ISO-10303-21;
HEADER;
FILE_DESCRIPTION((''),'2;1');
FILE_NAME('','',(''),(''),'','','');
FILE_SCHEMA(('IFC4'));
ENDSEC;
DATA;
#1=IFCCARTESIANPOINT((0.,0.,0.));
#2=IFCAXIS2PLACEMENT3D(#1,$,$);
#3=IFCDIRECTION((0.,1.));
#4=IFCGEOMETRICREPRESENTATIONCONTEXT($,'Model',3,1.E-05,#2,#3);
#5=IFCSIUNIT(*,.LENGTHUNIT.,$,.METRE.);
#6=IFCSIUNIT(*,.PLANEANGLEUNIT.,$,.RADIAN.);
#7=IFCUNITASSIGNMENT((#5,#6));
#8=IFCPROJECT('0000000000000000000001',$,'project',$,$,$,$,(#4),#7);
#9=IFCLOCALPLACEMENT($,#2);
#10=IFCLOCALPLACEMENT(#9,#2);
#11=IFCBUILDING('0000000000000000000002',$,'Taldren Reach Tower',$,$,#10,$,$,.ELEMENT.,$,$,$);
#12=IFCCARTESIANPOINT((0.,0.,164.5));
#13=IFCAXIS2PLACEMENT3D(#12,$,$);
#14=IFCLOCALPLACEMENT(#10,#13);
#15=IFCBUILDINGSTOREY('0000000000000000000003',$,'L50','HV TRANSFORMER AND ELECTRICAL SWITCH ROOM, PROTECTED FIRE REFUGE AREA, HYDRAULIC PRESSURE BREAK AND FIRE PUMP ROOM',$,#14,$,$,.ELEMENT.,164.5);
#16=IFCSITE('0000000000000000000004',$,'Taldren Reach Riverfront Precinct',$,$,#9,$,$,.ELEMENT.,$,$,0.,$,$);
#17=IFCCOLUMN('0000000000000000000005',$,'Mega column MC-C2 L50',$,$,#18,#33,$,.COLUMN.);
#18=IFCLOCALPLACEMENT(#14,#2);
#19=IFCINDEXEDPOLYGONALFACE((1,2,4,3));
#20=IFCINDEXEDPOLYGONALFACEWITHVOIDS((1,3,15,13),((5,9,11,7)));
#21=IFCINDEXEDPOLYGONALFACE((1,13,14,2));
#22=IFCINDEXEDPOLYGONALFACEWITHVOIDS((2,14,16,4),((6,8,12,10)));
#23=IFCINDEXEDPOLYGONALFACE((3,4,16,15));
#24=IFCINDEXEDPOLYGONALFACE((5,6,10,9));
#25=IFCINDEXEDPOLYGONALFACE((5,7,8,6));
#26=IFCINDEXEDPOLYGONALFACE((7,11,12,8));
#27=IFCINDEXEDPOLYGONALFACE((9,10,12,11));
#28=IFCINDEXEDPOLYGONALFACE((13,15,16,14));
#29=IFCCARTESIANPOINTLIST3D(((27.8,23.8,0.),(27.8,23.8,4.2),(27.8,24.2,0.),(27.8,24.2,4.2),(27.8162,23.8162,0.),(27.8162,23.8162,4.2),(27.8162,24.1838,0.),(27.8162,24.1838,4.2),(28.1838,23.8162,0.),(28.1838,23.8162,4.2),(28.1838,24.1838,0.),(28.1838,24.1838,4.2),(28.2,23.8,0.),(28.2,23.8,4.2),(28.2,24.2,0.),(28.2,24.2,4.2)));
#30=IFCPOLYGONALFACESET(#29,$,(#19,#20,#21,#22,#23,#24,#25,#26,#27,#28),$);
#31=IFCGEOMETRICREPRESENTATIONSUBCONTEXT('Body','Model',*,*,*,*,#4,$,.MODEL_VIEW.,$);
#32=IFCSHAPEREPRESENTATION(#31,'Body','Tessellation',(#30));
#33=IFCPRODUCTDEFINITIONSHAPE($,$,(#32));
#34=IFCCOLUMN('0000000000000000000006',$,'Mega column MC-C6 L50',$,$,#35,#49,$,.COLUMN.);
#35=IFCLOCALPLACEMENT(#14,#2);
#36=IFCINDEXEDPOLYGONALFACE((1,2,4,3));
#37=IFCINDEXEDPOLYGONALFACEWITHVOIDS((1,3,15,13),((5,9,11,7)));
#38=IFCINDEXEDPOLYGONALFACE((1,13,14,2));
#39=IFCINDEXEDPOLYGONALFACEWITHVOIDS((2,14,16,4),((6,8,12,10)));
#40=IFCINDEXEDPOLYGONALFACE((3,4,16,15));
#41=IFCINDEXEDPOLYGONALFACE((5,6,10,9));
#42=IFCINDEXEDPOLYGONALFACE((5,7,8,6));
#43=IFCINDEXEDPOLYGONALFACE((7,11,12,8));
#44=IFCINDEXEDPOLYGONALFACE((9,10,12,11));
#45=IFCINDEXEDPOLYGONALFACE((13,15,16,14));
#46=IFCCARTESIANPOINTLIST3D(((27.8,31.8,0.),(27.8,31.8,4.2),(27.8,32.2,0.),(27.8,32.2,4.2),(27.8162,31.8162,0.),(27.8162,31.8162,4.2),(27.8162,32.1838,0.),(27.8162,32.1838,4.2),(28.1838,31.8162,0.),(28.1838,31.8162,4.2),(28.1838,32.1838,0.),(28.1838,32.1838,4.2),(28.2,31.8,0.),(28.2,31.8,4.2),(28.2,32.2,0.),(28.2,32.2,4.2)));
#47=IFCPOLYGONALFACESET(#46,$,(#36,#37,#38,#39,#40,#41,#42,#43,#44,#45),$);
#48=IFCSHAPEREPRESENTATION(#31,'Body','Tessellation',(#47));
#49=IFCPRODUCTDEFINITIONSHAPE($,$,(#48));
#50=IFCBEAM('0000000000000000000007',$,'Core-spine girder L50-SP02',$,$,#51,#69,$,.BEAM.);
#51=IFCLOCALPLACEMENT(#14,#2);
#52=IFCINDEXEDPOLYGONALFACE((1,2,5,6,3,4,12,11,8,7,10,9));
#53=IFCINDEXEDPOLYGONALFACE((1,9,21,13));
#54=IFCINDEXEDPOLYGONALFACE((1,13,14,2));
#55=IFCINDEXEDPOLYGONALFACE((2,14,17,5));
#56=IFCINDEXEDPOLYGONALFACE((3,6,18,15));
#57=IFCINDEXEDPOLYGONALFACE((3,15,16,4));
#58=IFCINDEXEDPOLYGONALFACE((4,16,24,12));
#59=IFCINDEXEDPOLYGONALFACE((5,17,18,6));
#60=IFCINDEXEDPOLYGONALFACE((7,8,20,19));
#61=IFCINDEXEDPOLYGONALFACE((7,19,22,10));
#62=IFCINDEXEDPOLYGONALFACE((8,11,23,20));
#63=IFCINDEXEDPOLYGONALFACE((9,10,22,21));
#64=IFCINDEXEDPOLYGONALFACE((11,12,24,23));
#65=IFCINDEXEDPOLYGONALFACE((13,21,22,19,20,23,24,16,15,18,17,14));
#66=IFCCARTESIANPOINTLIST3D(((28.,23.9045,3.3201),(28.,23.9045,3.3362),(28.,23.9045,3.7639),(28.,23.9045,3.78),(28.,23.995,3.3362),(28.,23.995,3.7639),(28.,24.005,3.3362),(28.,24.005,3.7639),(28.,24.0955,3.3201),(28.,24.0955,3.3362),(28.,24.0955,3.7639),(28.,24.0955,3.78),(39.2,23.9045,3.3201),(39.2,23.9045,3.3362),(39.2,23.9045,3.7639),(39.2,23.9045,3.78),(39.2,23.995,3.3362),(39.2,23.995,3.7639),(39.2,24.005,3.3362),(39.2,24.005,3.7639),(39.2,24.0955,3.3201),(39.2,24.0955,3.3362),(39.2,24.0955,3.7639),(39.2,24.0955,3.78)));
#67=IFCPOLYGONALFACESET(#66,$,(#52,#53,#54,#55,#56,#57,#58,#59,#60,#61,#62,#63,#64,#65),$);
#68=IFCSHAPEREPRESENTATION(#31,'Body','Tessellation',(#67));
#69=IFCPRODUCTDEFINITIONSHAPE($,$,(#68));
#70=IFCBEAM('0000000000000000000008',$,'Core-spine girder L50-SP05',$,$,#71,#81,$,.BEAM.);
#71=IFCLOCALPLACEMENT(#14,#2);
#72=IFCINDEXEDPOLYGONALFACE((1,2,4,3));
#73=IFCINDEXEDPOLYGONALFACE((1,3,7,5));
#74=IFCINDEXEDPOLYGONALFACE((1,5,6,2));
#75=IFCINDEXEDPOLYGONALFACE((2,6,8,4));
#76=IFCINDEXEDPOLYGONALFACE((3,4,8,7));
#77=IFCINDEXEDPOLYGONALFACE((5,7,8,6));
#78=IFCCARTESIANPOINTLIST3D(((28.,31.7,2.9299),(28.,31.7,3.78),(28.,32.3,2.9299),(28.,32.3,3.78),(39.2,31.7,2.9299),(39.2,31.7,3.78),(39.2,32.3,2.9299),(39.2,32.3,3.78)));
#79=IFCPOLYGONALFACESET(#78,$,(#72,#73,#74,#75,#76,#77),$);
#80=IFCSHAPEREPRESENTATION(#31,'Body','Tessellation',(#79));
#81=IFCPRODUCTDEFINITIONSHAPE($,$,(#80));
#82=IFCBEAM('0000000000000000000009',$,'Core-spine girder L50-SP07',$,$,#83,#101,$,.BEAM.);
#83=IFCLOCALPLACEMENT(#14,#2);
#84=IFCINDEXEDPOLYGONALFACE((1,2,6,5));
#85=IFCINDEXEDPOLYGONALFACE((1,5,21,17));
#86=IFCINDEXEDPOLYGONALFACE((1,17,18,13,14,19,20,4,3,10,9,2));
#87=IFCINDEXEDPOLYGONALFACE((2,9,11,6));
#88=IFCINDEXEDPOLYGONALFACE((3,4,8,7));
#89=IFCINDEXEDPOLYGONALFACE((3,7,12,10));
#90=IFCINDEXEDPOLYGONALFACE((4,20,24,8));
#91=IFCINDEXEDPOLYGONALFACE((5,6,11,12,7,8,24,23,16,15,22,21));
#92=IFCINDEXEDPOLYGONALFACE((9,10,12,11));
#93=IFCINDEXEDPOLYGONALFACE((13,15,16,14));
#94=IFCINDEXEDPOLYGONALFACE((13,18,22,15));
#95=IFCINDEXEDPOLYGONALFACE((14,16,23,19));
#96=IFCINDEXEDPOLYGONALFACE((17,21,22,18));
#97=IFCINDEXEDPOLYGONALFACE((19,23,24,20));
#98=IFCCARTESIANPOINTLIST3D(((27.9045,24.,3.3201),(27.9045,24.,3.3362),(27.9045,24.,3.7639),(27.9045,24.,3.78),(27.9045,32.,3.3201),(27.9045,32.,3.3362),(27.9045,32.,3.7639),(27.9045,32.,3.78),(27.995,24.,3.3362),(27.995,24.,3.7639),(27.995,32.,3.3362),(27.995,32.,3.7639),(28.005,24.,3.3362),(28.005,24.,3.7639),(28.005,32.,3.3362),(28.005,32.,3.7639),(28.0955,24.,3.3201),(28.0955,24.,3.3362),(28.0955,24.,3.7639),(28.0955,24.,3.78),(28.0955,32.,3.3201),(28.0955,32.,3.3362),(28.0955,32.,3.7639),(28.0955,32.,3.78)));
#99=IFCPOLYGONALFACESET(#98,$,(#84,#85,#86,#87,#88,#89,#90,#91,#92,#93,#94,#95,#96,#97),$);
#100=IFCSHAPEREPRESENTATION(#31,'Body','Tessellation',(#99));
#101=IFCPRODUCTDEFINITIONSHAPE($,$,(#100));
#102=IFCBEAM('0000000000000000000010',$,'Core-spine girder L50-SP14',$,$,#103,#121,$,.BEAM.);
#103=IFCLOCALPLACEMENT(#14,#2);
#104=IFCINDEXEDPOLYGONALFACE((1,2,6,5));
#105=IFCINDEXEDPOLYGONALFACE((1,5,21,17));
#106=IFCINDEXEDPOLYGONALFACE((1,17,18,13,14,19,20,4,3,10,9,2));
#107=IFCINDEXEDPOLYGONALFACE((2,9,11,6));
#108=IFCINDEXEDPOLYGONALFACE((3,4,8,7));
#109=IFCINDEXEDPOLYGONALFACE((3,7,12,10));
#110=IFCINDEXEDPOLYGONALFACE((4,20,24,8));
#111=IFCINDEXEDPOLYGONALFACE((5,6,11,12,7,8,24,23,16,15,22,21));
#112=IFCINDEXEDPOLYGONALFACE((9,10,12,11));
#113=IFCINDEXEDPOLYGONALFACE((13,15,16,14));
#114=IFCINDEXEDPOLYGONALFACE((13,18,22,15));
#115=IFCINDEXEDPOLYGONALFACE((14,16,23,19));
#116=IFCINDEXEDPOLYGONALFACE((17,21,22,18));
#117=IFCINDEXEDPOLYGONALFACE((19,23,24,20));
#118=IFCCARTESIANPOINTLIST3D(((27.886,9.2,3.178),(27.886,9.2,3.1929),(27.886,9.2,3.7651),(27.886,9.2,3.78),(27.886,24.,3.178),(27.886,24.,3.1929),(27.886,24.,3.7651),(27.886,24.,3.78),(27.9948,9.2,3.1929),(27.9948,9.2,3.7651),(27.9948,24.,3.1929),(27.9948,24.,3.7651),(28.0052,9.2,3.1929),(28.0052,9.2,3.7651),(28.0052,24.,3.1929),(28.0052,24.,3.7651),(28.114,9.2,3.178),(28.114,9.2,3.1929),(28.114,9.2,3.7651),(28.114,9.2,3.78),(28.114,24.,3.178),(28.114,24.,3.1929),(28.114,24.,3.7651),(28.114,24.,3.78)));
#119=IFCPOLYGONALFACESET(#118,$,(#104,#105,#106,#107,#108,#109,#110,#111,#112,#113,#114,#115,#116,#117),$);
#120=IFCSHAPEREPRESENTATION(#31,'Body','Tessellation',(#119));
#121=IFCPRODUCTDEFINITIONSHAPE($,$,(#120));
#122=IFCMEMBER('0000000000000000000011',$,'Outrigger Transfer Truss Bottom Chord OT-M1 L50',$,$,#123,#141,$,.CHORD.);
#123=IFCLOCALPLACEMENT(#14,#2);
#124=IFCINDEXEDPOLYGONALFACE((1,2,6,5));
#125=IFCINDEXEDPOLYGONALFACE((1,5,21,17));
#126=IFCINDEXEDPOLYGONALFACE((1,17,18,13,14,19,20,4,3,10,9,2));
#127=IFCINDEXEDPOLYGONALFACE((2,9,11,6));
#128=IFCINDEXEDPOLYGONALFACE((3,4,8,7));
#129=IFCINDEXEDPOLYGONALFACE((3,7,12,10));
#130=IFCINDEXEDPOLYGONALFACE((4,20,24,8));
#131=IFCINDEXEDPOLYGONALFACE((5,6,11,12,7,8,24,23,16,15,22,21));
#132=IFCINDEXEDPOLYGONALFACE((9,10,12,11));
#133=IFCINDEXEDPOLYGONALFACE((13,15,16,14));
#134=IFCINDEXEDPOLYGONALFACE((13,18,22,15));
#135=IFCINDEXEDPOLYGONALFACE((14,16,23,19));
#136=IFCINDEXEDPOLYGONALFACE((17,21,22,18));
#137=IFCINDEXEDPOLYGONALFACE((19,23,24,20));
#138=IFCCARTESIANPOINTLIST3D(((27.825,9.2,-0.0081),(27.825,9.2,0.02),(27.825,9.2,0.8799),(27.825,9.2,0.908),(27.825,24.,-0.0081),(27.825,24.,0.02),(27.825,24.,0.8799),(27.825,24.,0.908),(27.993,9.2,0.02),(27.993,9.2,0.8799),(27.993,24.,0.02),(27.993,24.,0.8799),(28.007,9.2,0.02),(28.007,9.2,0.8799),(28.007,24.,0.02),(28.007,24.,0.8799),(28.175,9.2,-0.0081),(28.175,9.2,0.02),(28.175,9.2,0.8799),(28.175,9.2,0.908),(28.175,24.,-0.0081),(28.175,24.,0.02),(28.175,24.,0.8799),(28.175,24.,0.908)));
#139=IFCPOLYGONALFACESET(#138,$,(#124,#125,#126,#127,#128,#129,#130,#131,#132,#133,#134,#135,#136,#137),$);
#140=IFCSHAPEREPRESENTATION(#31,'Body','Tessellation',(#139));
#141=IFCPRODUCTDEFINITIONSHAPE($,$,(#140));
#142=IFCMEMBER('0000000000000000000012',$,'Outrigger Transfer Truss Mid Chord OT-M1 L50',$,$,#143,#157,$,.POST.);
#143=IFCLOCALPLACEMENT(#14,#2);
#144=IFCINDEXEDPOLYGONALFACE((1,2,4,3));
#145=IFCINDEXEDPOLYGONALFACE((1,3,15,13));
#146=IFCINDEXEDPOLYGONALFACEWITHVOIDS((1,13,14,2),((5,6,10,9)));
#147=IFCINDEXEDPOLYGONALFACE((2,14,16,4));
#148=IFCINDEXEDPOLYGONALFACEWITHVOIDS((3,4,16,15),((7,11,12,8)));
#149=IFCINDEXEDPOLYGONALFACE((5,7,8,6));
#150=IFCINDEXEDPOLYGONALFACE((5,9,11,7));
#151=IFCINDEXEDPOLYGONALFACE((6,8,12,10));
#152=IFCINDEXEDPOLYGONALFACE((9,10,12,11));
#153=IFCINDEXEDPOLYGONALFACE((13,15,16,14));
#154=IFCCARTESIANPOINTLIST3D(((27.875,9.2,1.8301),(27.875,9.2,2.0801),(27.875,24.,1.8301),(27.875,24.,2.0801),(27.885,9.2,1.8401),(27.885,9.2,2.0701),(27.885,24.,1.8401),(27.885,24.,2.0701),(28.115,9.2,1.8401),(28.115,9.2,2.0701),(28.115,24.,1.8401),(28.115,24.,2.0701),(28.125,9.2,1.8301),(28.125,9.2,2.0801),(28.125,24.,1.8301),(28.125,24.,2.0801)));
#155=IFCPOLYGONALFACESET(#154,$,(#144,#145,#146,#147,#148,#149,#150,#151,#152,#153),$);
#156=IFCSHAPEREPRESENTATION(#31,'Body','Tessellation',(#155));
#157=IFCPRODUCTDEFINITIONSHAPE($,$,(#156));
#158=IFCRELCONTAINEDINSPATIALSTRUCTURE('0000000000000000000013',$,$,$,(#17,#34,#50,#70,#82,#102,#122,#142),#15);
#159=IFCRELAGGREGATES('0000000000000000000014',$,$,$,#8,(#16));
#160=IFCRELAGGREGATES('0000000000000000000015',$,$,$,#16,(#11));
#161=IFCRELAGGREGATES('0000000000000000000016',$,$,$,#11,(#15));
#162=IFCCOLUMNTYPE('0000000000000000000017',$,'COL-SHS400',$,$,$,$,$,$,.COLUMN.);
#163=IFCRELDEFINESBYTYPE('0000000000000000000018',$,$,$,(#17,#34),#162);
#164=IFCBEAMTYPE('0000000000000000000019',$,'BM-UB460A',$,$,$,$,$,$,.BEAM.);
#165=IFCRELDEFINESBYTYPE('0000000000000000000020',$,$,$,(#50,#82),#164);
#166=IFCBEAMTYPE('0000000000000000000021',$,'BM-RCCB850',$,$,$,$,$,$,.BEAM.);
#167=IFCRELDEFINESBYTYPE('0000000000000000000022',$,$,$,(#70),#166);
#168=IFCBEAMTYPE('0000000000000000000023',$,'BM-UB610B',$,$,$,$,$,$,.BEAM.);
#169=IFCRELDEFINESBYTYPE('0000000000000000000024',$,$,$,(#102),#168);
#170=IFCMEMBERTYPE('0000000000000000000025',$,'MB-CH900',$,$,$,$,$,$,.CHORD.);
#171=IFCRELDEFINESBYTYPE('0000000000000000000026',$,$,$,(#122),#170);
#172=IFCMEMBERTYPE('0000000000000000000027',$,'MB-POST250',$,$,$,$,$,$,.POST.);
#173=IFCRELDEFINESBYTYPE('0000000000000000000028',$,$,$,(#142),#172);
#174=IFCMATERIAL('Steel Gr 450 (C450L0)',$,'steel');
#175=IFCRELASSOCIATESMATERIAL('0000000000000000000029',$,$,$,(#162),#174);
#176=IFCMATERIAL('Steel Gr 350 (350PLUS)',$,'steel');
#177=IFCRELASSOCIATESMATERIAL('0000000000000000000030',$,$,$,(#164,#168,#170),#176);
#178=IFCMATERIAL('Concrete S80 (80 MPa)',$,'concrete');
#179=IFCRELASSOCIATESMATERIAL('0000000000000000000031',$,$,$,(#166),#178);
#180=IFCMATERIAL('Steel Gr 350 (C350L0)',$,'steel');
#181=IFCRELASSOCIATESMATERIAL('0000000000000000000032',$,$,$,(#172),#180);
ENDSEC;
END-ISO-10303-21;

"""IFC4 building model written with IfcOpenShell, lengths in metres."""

from ifc_helpers import new_model, si_unit, direction, frame, origin, origin_2d, place, context, subcontext, project, spatial, rectangle, hollow_rectangle, i_section, extrude, source, transform, mapped, material, material_profile, profile_set, type_object, element, save


model = new_model("IFC4")

# Units and contexts
model_context = context("Model", 3, precision=1e-05, world=origin(), true_north=direction((0.0, 1.0)))
body_context = subcontext(model_context, "Body", "Model", "MODEL_VIEW")
ifc_project = project(units=[si_unit("LENGTHUNIT", "METRE"), si_unit("PLANEANGLEUNIT", "RADIAN")], contexts=[model_context])

# Site, building, storey
site_placement = place(None, origin())
site = spatial("IfcSite", under=ifc_project, at=site_placement, Name="Taldren Reach Riverfront Precinct", CompositionType="ELEMENT", RefElevation=0.0)
building_placement = place(site_placement, origin())
building = spatial("IfcBuilding", under=site, at=building_placement, Name="Taldren Reach Tower", CompositionType="ELEMENT")
storey_placement = place(building_placement, frame((0.0, 0.0, 164.5)))
storey = spatial("IfcBuildingStorey", under=building, at=storey_placement, Name="L50", Description="HV TRANSFORMER AND ELECTRICAL SWITCH ROOM, PROTECTED FIRE REFUGE AREA, HYDRAULIC PRESSURE BREAK AND FIRE PUMP ROOM", CompositionType="ELEMENT", Elevation=164.5)

# Columns
ifc_material_1 = material(Name="Steel Gr 450 (C450L0)", Category="steel")
ifc_material_profile_1 = material_profile(ifc_material_1, hollow_rectangle(XDim=0.3999, YDim=0.3999, WallThickness=0.0161, at=origin_2d()), Name="400x400x16.0SHS")
ifc_profile_set_1 = profile_set([ifc_material_profile_1], Name="Steel Gr 450 (C450L0)")
column_type = type_object("IfcColumnType", Name="COL-SHS400", PredefinedType="COLUMN", material=ifc_profile_set_1)
shared_shape_1 = source(origin(), body_context, "Body", "SweptSolid", [
    extrude(hollow_rectangle(XDim=0.3999, YDim=0.3999, WallThickness=0.0161, at=origin_2d()), origin(), (0.0, 0.0, 1.0), 4.2),
])
for number, where, z_axis, x_axis, name in (
    (1, (28.0, 24.0, 0.0), (0.0, 0.0, 1.0), (1.0, 0.0, 0.0), "Mega column MC-C2 L50"),
    (2, (28.0, 32.0, 0.0), (0.0, 0.0, 1.0), (1.0, 0.0, 0.0), "Mega column MC-C6 L50"),
):
    element("IfcColumn", number, at=place(storey_placement, frame(where, z_axis=z_axis, x_axis=x_axis)), inside=storey, type_object=column_type, Name=name, PredefinedType="COLUMN", context=body_context, shape_type="MappedRepresentation", body=[
        mapped(shared_shape_1, transform((0.0, 0.0, 0.0), scale=1.0)),
    ])

# Beams
ifc_material_2 = material(Name="Steel Gr 350 (350PLUS)", Category="steel")
ifc_material_profile_2 = material_profile(ifc_material_2, i_section(OverallWidth=0.1909, OverallDepth=0.46, WebThickness=0.01, FlangeThickness=0.0161, at=origin_2d()), Name="460UB82.1")
ifc_profile_set_2 = profile_set([ifc_material_profile_2], Name="Steel Gr 350 (350PLUS)")
beam_type_1 = type_object("IfcBeamType", Name="BM-UB460A", PredefinedType="BEAM", material=ifc_profile_set_2)
shared_shape_2 = source(origin(), body_context, "Body", "SweptSolid", [
    extrude(i_section(OverallWidth=0.1909, OverallDepth=0.46, WebThickness=0.01, FlangeThickness=0.0161, at=origin_2d()), origin(), (0.0, 0.0, 1.0), 11.2),
])
beam_1_placement = place(storey_placement, frame((28.0, 24.0, 3.55), z_axis=(1.0, 0.0, 0.0), x_axis=(0.0, 1.0, 0.0)))
element("IfcBeam", 3, at=beam_1_placement, inside=storey, type_object=beam_type_1, Name="Core-spine girder L50-SP02", PredefinedType="BEAM", context=body_context, shape_type="MappedRepresentation", body=[
    mapped(shared_shape_2, transform((0.0, 0.0, 0.0), scale=1.0)),
])
ifc_material_3 = material(Name="Concrete S80 (80 MPa)", Category="concrete")
ifc_material_profile_3 = material_profile(ifc_material_3, rectangle(XDim=0.6001, YDim=0.8501, at=origin_2d()), Name="RC-CB600x850")
ifc_profile_set_3 = profile_set([ifc_material_profile_3], Name="Concrete S80 (80 MPa)")
beam_type_2 = type_object("IfcBeamType", Name="BM-RCCB850", PredefinedType="BEAM", material=ifc_profile_set_3)
shared_shape_3 = source(origin(), body_context, "Body", "SweptSolid", [
    extrude(rectangle(XDim=0.6001, YDim=0.8501, at=origin_2d()), origin(), (0.0, 0.0, 1.0), 11.2),
])
beam_2_placement = place(storey_placement, frame((28.0, 32.0, 3.355), z_axis=(1.0, 0.0, 0.0), x_axis=(0.0, 1.0, 0.0)))
element("IfcBeam", 4, at=beam_2_placement, inside=storey, type_object=beam_type_2, Name="Core-spine girder L50-SP05", PredefinedType="BEAM", context=body_context, shape_type="MappedRepresentation", body=[
    mapped(shared_shape_3, transform((0.0, 0.0, 0.0), scale=1.0)),
])
shared_shape_4 = source(origin(), body_context, "Body", "SweptSolid", [
    extrude(i_section(OverallWidth=0.1909, OverallDepth=0.46, WebThickness=0.01, FlangeThickness=0.0161, at=origin_2d()), origin(), (0.0, 0.0, 1.0), 8.0),
])
beam_3_placement = place(storey_placement, frame((28.0, 24.0, 3.55), z_axis=(0.0, 1.0, 0.0), x_axis=(-1.0, 0.0, 0.0)))
element("IfcBeam", 5, at=beam_3_placement, inside=storey, type_object=beam_type_1, Name="Core-spine girder L50-SP07", PredefinedType="BEAM", context=body_context, shape_type="MappedRepresentation", body=[
    mapped(shared_shape_4, transform((0.0, 0.0, 0.0), scale=1.0)),
])
ifc_material_profile_4 = material_profile(ifc_material_2, i_section(OverallWidth=0.228, OverallDepth=0.6021, WebThickness=0.0105, FlangeThickness=0.0149, at=origin_2d()), Name="610UB101")
ifc_profile_set_4 = profile_set([ifc_material_profile_4], Name="Steel Gr 350 (350PLUS)")
beam_type_3 = type_object("IfcBeamType", Name="BM-UB610B", PredefinedType="BEAM", material=ifc_profile_set_4)
shared_shape_5 = source(origin(), body_context, "Body", "SweptSolid", [
    extrude(i_section(OverallWidth=0.228, OverallDepth=0.6021, WebThickness=0.0105, FlangeThickness=0.0149, at=origin_2d()), origin(), (0.0, 0.0, 1.0), 14.8),
])
beam_4_placement = place(storey_placement, frame((28.0, 24.0, 3.479), z_axis=(0.0, -1.0, 0.0), x_axis=(1.0, 0.0, 0.0)))
element("IfcBeam", 6, at=beam_4_placement, inside=storey, type_object=beam_type_3, Name="Core-spine girder L50-SP14", PredefinedType="BEAM", context=body_context, shape_type="MappedRepresentation", body=[
    mapped(shared_shape_5, transform((0.0, 0.0, 0.0), scale=1.0)),
])

# Members
ifc_material_profile_5 = material_profile(ifc_material_2, i_section(OverallWidth=0.3501, OverallDepth=0.916, WebThickness=0.0139, FlangeThickness=0.0281, at=origin_2d()), Name="900WB257")
ifc_profile_set_5 = profile_set([ifc_material_profile_5], Name="Steel Gr 350 (350PLUS)")
member_type_1 = type_object("IfcMemberType", Name="MB-CH900", PredefinedType="CHORD", material=ifc_profile_set_5)
shared_shape_6 = source(origin(), body_context, "Body", "SweptSolid", [
    extrude(i_section(OverallWidth=0.3501, OverallDepth=0.916, WebThickness=0.0139, FlangeThickness=0.0281, at=origin_2d()), origin(), (0.0, 0.0, 1.0), 14.8),
])
member_1_placement = place(storey_placement, frame((28.0, 24.0, 0.45), z_axis=(0.0, -1.0, 0.0), x_axis=(1.0, 0.0, 0.0)))
element("IfcMember", 7, at=member_1_placement, inside=storey, type_object=member_type_1, Name="Outrigger Transfer Truss Bottom Chord OT-M1 L50", PredefinedType="CHORD", context=body_context, shape_type="MappedRepresentation", body=[
    mapped(shared_shape_6, transform((0.0, 0.0, 0.0), scale=1.0)),
])
ifc_material_4 = material(Name="Steel Gr 350 (C350L0)", Category="steel")
ifc_material_profile_6 = material_profile(ifc_material_4, hollow_rectangle(XDim=0.25, YDim=0.25, WallThickness=0.01, at=origin_2d()), Name="250x250x10.0SHS")
ifc_profile_set_6 = profile_set([ifc_material_profile_6], Name="Steel Gr 350 (C350L0)")
member_type_2 = type_object("IfcMemberType", Name="MB-POST250", PredefinedType="POST", material=ifc_profile_set_6)
shared_shape_7 = source(origin(), body_context, "Body", "SweptSolid", [
    extrude(hollow_rectangle(XDim=0.25, YDim=0.25, WallThickness=0.01, at=origin_2d()), origin(), (0.0, 0.0, 1.0), 14.8),
])
member_2_placement = place(storey_placement, frame((28.0, 24.0, 1.9551), z_axis=(0.0, -1.0, 0.0), x_axis=(1.0, 0.0, 0.0)))
element("IfcMember", 8, at=member_2_placement, inside=storey, type_object=member_type_2, Name="Outrigger Transfer Truss Mid Chord OT-M1 L50", PredefinedType="POST", context=body_context, shape_type="MappedRepresentation", body=[
    mapped(shared_shape_7, transform((0.0, 0.0, 0.0), scale=1.0)),
])

save(model, "model.ifc")
